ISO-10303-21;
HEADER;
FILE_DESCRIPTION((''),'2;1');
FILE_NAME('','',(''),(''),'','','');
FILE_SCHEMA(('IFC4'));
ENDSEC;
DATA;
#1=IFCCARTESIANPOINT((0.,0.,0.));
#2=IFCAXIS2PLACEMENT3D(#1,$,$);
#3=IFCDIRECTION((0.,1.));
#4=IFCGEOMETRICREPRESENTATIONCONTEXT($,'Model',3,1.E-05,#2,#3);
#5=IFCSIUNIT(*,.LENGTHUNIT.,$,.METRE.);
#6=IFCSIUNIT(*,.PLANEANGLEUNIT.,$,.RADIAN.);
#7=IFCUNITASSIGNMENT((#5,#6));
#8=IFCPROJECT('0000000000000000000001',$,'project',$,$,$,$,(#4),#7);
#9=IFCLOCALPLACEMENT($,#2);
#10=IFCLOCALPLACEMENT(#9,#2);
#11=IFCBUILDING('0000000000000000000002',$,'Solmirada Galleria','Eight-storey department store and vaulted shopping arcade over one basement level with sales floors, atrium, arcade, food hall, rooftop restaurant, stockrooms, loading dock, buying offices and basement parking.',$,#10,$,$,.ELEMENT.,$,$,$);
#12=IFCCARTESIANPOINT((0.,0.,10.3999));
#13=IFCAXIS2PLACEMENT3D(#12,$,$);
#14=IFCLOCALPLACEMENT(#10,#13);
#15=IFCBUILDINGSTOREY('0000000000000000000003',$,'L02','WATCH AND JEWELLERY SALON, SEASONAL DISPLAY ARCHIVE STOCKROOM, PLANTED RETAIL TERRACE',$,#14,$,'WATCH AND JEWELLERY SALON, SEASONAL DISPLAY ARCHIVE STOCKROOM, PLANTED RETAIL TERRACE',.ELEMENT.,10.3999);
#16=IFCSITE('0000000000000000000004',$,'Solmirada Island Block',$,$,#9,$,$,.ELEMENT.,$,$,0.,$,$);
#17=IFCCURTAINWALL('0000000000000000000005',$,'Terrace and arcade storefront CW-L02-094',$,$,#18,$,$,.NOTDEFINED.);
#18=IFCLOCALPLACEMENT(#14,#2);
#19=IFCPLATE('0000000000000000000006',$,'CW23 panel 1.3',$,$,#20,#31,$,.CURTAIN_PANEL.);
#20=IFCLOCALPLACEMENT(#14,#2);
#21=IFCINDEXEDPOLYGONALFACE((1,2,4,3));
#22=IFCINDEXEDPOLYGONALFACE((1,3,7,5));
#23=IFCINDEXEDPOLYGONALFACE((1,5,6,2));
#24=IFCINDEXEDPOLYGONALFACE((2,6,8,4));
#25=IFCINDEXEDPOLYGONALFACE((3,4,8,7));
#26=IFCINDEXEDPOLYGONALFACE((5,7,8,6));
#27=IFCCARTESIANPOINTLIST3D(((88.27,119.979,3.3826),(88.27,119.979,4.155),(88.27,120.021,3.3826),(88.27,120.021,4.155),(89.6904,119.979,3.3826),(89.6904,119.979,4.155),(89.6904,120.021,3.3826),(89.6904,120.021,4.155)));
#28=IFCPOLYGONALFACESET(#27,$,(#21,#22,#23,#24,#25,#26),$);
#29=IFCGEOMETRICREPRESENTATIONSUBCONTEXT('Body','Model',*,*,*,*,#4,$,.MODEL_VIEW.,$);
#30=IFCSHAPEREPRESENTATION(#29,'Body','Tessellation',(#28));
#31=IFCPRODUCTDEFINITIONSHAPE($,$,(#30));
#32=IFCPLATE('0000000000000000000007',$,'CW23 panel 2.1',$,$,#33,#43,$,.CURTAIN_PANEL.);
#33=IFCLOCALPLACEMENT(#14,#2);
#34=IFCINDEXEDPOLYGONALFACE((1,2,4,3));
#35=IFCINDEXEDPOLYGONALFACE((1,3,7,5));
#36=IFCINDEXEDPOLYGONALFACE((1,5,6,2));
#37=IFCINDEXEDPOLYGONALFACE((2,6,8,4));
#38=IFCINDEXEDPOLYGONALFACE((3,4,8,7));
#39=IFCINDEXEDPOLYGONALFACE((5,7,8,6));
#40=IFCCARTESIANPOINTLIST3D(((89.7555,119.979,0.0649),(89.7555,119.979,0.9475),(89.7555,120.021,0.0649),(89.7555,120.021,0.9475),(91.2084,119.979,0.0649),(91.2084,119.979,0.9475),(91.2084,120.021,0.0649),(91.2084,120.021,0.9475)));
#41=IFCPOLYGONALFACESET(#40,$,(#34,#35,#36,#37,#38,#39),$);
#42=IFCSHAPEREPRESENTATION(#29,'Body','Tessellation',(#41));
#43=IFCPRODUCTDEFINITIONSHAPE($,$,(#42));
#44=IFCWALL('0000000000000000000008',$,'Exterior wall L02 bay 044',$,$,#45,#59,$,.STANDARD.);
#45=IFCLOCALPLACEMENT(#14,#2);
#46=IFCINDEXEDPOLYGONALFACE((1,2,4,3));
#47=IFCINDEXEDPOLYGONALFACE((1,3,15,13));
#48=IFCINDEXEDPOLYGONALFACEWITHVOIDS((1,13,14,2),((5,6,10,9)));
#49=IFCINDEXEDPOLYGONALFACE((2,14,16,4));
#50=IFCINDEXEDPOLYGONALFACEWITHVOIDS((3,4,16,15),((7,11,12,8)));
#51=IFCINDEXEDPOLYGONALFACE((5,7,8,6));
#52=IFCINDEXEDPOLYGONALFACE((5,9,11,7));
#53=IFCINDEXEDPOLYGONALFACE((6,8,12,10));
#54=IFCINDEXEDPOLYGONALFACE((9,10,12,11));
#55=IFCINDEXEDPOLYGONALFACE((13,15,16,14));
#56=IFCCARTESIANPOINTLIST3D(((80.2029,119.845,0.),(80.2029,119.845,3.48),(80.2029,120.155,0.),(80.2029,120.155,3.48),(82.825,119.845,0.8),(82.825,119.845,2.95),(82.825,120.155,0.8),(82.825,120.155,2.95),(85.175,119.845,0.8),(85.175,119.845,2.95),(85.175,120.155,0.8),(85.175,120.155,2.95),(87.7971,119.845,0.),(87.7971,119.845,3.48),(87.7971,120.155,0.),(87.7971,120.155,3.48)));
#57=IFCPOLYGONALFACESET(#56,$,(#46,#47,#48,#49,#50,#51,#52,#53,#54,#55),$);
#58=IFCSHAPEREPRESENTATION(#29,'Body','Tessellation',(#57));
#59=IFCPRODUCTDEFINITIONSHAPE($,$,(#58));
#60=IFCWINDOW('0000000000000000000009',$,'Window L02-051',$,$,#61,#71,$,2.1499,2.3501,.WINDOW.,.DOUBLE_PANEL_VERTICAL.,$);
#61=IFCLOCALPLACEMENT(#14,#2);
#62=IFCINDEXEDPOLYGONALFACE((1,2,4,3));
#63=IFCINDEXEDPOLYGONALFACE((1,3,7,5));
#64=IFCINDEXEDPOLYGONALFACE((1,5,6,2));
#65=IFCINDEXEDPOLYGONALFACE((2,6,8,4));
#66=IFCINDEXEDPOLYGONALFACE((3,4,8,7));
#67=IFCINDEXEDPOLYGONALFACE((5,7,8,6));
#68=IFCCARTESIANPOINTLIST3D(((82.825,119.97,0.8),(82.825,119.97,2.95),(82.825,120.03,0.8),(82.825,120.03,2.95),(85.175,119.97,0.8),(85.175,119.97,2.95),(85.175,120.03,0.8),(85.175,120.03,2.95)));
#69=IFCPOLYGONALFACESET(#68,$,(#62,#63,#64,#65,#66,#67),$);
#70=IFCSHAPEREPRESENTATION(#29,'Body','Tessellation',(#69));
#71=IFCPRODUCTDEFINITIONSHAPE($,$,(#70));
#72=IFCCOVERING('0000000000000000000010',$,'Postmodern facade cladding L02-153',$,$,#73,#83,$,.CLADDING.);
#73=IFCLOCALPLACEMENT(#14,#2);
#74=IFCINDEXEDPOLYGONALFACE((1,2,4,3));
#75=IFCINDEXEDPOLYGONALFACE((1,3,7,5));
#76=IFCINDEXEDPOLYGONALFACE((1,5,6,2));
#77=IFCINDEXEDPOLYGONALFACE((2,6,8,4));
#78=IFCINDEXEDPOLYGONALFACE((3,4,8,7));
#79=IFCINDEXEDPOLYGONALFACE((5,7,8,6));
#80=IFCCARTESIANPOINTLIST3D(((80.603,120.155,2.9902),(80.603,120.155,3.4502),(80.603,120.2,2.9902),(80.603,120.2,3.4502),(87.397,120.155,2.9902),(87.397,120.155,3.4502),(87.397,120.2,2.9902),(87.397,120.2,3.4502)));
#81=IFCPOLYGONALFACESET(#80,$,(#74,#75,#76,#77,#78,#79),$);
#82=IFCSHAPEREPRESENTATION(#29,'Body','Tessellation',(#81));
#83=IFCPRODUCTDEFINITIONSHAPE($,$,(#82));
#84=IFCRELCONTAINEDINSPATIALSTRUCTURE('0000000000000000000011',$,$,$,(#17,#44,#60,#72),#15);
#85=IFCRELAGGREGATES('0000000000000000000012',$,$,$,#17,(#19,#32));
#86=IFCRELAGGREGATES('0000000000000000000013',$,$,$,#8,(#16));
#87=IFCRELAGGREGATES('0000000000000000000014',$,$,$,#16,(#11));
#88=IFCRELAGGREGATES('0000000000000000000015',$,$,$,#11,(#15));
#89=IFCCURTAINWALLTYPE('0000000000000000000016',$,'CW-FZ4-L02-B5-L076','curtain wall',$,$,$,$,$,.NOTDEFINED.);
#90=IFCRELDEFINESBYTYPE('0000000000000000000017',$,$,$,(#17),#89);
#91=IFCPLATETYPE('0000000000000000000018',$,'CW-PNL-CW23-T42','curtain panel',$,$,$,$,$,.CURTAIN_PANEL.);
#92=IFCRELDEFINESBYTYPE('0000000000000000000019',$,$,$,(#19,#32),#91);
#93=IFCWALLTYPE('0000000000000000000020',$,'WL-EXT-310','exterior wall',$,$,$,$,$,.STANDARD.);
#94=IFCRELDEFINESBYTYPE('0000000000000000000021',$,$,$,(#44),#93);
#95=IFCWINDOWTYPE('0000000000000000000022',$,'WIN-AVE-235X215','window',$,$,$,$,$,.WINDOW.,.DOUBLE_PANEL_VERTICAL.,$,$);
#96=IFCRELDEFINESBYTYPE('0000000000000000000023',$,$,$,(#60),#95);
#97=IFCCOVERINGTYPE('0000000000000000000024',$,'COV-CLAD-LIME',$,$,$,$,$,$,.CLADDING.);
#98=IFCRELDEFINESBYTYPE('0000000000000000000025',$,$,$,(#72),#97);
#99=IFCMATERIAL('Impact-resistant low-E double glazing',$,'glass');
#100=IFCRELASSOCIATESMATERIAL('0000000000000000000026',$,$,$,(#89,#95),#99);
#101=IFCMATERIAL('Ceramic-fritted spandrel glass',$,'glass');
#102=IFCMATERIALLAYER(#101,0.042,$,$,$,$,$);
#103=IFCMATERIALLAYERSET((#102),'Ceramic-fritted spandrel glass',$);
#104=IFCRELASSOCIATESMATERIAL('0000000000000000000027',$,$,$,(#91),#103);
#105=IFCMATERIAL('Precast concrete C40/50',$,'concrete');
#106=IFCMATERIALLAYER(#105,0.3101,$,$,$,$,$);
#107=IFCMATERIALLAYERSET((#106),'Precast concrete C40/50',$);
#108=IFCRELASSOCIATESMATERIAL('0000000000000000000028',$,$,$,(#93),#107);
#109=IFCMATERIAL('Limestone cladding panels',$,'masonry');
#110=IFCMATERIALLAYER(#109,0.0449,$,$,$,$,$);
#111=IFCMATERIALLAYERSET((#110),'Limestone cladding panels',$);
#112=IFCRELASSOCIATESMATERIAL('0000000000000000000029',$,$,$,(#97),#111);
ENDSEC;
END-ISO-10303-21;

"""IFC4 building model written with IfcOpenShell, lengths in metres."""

from ifc_helpers import new_model, si_unit, direction, frame, frame_2d, origin, origin_2d, place, context, subcontext, project, spatial, rectangle, extrude, material, layer, layer_set, type_object, element, fill, aggregate, save


model = new_model("IFC4")

# Units and contexts
model_context = context("Model", 3, precision=1e-05, world=origin(), true_north=direction((0.0, 1.0)))
body_context = subcontext(model_context, "Body", "Model", "MODEL_VIEW")
ifc_project = project(units=[si_unit("LENGTHUNIT", "METRE"), si_unit("PLANEANGLEUNIT", "RADIAN")], contexts=[model_context])

# Site, building, storey
site_placement = place(None, origin())
site = spatial("IfcSite", under=ifc_project, at=site_placement, Name="Solmirada Island Block", CompositionType="ELEMENT", RefElevation=0.0)
building_placement = place(site_placement, origin())
building = spatial("IfcBuilding", under=site, at=building_placement, Name="Solmirada Galleria", Description="Eight-storey department store and vaulted shopping arcade over one basement level with sales floors, atrium, arcade, food hall, rooftop restaurant, stockrooms, loading dock, buying offices and basement parking.", CompositionType="ELEMENT")
storey_placement = place(building_placement, frame((0.0, 0.0, 10.3999)))
storey = spatial("IfcBuildingStorey", under=building, at=storey_placement, Name="L02", Description="WATCH AND JEWELLERY SALON, SEASONAL DISPLAY ARCHIVE STOCKROOM, PLANTED RETAIL TERRACE", LongName="WATCH AND JEWELLERY SALON, SEASONAL DISPLAY ARCHIVE STOCKROOM, PLANTED RETAIL TERRACE", CompositionType="ELEMENT", Elevation=10.3999)

# Curtain wall
ifc_material_1 = material(Name="Impact-resistant low-E double glazing", Category="glass")
curtain_wall_type = type_object("IfcCurtainWallType", Name="CW-FZ4-L02-B5-L076", Description="curtain wall", PredefinedType="NOTDEFINED", material=ifc_material_1)
curtain_wall_1_placement = place(storey_placement, origin())
curtain_wall_1 = element("IfcCurtainWall", 1, at=curtain_wall_1_placement, inside=storey, type_object=curtain_wall_type, Name="Terrace and arcade storefront CW-L02-094", PredefinedType="NOTDEFINED")

# Plates
ifc_material_2 = material(Name="Ceramic-fritted spandrel glass", Category="glass")
ifc_layer_1 = layer(ifc_material_2, 0.042)
ifc_layer_set_1 = layer_set([ifc_layer_1], Name="Ceramic-fritted spandrel glass")
plate_type = type_object("IfcPlateType", Name="CW-PNL-CW23-T42", Description="curtain panel", PredefinedType="CURTAIN_PANEL", material=ifc_layer_set_1)
plate_1_placement = place(storey_placement, frame((88.9802, 120.0, 3.3826), z_axis=(0.0, 0.0, 1.0), x_axis=(1.0, 0.0, 0.0)))
plate_1 = element("IfcPlate", 2, at=plate_1_placement, type_object=plate_type, Name="CW23 panel 1.3", PredefinedType="CURTAIN_PANEL", context=body_context, shape_type="SweptSolid", body=[
    extrude(rectangle(XDim=1.4204, YDim=0.042, at=origin_2d()), origin(), (0.0, 0.0, 1.0), 0.7725),
])
plate_2_placement = place(storey_placement, frame((90.4819, 120.0, 0.0649), z_axis=(0.0, 0.0, 1.0), x_axis=(1.0, 0.0, 0.0)))
plate_2 = element("IfcPlate", 3, at=plate_2_placement, type_object=plate_type, Name="CW23 panel 2.1", PredefinedType="CURTAIN_PANEL", context=body_context, shape_type="SweptSolid", body=[
    extrude(rectangle(XDim=1.4529, YDim=0.042, at=origin_2d()), origin(), (0.0, 0.0, 1.0), 0.8826),
])
aggregate(curtain_wall_1, [plate_1, plate_2])

# Wall, opening, window
ifc_material_3 = material(Name="Precast concrete C40/50", Category="concrete")
ifc_layer_2 = layer(ifc_material_3, 0.3101)
ifc_layer_set_2 = layer_set([ifc_layer_2], Name="Precast concrete C40/50")
wall_type = type_object("IfcWallType", Name="WL-EXT-310", Description="exterior wall", PredefinedType="STANDARD", material=ifc_layer_set_2)
wall_placement = place(storey_placement, frame((80.2029, 120.0, 0.0), z_axis=(0.0, 0.0, 1.0), x_axis=(1.0, 0.0, 0.0)))
wall = element("IfcWall", 4, at=wall_placement, inside=storey, type_object=wall_type, Name="Exterior wall L02 bay 044", PredefinedType="STANDARD", context=body_context, shape_type="SweptSolid", body=[
    extrude(rectangle(XDim=7.5942, YDim=0.3101, at=frame_2d((3.7971, 0.0))), origin(), (0.0, 0.0, 1.0), 3.48),
])
opening_placement = place(wall_placement, frame((2.6221, 0.0, 0.8)))
opening = element("IfcOpeningElement", 5, at=opening_placement, cuts=wall, PredefinedType="OPENING", context=body_context, shape_type="SweptSolid", body=[
    extrude(rectangle(XDim=2.3501, YDim=2.1499, at=frame_2d((1.175, 1.075))), frame((0.0, 0.165, 0.0), z_axis=(0.0, -1.0, 0.0), x_axis=(1.0, 0.0, 0.0)), (0.0, 0.0, 1.0), 0.3301),
])
window_type = type_object("IfcWindowType", Name="WIN-AVE-235X215", Description="window", PartitioningType="DOUBLE_PANEL_VERTICAL", PredefinedType="WINDOW", material=ifc_material_1)
window_placement = place(opening_placement, origin())
window = element("IfcWindow", 6, at=window_placement, inside=storey, type_object=window_type, Name="Window L02-051", OverallHeight=2.1499, OverallWidth=2.3501, PartitioningType="DOUBLE_PANEL_VERTICAL", PredefinedType="WINDOW", context=body_context, shape_type="SweptSolid", body=[
    extrude(rectangle(XDim=2.3501, YDim=2.1499, at=frame_2d((1.175, 1.075))), frame((0.0, 0.03, 0.0), z_axis=(0.0, -1.0, 0.0), x_axis=(1.0, 0.0, 0.0)), (0.0, 0.0, 1.0), 0.0601),
])
fill(opening, window)

# Covering
ifc_material_4 = material(Name="Limestone cladding panels", Category="masonry")
ifc_layer_3 = layer(ifc_material_4, 0.0449)
ifc_layer_set_3 = layer_set([ifc_layer_3], Name="Limestone cladding panels")
covering_type = type_object("IfcCoveringType", Name="COV-CLAD-LIME", PredefinedType="CLADDING", material=ifc_layer_set_3)
covering_placement = place(storey_placement, frame((84.0, 120.1775, 2.9902), z_axis=(0.0, 0.0, 1.0), x_axis=(1.0, 0.0, 0.0)))
element("IfcCovering", 7, at=covering_placement, inside=storey, type_object=covering_type, Name="Postmodern facade cladding L02-153", PredefinedType="CLADDING", context=body_context, shape_type="SweptSolid", body=[
    extrude(rectangle(XDim=6.7939, YDim=0.0449, at=origin_2d()), origin(), (0.0, 0.0, 1.0), 0.46),
])

save(model, "model.ifc")
